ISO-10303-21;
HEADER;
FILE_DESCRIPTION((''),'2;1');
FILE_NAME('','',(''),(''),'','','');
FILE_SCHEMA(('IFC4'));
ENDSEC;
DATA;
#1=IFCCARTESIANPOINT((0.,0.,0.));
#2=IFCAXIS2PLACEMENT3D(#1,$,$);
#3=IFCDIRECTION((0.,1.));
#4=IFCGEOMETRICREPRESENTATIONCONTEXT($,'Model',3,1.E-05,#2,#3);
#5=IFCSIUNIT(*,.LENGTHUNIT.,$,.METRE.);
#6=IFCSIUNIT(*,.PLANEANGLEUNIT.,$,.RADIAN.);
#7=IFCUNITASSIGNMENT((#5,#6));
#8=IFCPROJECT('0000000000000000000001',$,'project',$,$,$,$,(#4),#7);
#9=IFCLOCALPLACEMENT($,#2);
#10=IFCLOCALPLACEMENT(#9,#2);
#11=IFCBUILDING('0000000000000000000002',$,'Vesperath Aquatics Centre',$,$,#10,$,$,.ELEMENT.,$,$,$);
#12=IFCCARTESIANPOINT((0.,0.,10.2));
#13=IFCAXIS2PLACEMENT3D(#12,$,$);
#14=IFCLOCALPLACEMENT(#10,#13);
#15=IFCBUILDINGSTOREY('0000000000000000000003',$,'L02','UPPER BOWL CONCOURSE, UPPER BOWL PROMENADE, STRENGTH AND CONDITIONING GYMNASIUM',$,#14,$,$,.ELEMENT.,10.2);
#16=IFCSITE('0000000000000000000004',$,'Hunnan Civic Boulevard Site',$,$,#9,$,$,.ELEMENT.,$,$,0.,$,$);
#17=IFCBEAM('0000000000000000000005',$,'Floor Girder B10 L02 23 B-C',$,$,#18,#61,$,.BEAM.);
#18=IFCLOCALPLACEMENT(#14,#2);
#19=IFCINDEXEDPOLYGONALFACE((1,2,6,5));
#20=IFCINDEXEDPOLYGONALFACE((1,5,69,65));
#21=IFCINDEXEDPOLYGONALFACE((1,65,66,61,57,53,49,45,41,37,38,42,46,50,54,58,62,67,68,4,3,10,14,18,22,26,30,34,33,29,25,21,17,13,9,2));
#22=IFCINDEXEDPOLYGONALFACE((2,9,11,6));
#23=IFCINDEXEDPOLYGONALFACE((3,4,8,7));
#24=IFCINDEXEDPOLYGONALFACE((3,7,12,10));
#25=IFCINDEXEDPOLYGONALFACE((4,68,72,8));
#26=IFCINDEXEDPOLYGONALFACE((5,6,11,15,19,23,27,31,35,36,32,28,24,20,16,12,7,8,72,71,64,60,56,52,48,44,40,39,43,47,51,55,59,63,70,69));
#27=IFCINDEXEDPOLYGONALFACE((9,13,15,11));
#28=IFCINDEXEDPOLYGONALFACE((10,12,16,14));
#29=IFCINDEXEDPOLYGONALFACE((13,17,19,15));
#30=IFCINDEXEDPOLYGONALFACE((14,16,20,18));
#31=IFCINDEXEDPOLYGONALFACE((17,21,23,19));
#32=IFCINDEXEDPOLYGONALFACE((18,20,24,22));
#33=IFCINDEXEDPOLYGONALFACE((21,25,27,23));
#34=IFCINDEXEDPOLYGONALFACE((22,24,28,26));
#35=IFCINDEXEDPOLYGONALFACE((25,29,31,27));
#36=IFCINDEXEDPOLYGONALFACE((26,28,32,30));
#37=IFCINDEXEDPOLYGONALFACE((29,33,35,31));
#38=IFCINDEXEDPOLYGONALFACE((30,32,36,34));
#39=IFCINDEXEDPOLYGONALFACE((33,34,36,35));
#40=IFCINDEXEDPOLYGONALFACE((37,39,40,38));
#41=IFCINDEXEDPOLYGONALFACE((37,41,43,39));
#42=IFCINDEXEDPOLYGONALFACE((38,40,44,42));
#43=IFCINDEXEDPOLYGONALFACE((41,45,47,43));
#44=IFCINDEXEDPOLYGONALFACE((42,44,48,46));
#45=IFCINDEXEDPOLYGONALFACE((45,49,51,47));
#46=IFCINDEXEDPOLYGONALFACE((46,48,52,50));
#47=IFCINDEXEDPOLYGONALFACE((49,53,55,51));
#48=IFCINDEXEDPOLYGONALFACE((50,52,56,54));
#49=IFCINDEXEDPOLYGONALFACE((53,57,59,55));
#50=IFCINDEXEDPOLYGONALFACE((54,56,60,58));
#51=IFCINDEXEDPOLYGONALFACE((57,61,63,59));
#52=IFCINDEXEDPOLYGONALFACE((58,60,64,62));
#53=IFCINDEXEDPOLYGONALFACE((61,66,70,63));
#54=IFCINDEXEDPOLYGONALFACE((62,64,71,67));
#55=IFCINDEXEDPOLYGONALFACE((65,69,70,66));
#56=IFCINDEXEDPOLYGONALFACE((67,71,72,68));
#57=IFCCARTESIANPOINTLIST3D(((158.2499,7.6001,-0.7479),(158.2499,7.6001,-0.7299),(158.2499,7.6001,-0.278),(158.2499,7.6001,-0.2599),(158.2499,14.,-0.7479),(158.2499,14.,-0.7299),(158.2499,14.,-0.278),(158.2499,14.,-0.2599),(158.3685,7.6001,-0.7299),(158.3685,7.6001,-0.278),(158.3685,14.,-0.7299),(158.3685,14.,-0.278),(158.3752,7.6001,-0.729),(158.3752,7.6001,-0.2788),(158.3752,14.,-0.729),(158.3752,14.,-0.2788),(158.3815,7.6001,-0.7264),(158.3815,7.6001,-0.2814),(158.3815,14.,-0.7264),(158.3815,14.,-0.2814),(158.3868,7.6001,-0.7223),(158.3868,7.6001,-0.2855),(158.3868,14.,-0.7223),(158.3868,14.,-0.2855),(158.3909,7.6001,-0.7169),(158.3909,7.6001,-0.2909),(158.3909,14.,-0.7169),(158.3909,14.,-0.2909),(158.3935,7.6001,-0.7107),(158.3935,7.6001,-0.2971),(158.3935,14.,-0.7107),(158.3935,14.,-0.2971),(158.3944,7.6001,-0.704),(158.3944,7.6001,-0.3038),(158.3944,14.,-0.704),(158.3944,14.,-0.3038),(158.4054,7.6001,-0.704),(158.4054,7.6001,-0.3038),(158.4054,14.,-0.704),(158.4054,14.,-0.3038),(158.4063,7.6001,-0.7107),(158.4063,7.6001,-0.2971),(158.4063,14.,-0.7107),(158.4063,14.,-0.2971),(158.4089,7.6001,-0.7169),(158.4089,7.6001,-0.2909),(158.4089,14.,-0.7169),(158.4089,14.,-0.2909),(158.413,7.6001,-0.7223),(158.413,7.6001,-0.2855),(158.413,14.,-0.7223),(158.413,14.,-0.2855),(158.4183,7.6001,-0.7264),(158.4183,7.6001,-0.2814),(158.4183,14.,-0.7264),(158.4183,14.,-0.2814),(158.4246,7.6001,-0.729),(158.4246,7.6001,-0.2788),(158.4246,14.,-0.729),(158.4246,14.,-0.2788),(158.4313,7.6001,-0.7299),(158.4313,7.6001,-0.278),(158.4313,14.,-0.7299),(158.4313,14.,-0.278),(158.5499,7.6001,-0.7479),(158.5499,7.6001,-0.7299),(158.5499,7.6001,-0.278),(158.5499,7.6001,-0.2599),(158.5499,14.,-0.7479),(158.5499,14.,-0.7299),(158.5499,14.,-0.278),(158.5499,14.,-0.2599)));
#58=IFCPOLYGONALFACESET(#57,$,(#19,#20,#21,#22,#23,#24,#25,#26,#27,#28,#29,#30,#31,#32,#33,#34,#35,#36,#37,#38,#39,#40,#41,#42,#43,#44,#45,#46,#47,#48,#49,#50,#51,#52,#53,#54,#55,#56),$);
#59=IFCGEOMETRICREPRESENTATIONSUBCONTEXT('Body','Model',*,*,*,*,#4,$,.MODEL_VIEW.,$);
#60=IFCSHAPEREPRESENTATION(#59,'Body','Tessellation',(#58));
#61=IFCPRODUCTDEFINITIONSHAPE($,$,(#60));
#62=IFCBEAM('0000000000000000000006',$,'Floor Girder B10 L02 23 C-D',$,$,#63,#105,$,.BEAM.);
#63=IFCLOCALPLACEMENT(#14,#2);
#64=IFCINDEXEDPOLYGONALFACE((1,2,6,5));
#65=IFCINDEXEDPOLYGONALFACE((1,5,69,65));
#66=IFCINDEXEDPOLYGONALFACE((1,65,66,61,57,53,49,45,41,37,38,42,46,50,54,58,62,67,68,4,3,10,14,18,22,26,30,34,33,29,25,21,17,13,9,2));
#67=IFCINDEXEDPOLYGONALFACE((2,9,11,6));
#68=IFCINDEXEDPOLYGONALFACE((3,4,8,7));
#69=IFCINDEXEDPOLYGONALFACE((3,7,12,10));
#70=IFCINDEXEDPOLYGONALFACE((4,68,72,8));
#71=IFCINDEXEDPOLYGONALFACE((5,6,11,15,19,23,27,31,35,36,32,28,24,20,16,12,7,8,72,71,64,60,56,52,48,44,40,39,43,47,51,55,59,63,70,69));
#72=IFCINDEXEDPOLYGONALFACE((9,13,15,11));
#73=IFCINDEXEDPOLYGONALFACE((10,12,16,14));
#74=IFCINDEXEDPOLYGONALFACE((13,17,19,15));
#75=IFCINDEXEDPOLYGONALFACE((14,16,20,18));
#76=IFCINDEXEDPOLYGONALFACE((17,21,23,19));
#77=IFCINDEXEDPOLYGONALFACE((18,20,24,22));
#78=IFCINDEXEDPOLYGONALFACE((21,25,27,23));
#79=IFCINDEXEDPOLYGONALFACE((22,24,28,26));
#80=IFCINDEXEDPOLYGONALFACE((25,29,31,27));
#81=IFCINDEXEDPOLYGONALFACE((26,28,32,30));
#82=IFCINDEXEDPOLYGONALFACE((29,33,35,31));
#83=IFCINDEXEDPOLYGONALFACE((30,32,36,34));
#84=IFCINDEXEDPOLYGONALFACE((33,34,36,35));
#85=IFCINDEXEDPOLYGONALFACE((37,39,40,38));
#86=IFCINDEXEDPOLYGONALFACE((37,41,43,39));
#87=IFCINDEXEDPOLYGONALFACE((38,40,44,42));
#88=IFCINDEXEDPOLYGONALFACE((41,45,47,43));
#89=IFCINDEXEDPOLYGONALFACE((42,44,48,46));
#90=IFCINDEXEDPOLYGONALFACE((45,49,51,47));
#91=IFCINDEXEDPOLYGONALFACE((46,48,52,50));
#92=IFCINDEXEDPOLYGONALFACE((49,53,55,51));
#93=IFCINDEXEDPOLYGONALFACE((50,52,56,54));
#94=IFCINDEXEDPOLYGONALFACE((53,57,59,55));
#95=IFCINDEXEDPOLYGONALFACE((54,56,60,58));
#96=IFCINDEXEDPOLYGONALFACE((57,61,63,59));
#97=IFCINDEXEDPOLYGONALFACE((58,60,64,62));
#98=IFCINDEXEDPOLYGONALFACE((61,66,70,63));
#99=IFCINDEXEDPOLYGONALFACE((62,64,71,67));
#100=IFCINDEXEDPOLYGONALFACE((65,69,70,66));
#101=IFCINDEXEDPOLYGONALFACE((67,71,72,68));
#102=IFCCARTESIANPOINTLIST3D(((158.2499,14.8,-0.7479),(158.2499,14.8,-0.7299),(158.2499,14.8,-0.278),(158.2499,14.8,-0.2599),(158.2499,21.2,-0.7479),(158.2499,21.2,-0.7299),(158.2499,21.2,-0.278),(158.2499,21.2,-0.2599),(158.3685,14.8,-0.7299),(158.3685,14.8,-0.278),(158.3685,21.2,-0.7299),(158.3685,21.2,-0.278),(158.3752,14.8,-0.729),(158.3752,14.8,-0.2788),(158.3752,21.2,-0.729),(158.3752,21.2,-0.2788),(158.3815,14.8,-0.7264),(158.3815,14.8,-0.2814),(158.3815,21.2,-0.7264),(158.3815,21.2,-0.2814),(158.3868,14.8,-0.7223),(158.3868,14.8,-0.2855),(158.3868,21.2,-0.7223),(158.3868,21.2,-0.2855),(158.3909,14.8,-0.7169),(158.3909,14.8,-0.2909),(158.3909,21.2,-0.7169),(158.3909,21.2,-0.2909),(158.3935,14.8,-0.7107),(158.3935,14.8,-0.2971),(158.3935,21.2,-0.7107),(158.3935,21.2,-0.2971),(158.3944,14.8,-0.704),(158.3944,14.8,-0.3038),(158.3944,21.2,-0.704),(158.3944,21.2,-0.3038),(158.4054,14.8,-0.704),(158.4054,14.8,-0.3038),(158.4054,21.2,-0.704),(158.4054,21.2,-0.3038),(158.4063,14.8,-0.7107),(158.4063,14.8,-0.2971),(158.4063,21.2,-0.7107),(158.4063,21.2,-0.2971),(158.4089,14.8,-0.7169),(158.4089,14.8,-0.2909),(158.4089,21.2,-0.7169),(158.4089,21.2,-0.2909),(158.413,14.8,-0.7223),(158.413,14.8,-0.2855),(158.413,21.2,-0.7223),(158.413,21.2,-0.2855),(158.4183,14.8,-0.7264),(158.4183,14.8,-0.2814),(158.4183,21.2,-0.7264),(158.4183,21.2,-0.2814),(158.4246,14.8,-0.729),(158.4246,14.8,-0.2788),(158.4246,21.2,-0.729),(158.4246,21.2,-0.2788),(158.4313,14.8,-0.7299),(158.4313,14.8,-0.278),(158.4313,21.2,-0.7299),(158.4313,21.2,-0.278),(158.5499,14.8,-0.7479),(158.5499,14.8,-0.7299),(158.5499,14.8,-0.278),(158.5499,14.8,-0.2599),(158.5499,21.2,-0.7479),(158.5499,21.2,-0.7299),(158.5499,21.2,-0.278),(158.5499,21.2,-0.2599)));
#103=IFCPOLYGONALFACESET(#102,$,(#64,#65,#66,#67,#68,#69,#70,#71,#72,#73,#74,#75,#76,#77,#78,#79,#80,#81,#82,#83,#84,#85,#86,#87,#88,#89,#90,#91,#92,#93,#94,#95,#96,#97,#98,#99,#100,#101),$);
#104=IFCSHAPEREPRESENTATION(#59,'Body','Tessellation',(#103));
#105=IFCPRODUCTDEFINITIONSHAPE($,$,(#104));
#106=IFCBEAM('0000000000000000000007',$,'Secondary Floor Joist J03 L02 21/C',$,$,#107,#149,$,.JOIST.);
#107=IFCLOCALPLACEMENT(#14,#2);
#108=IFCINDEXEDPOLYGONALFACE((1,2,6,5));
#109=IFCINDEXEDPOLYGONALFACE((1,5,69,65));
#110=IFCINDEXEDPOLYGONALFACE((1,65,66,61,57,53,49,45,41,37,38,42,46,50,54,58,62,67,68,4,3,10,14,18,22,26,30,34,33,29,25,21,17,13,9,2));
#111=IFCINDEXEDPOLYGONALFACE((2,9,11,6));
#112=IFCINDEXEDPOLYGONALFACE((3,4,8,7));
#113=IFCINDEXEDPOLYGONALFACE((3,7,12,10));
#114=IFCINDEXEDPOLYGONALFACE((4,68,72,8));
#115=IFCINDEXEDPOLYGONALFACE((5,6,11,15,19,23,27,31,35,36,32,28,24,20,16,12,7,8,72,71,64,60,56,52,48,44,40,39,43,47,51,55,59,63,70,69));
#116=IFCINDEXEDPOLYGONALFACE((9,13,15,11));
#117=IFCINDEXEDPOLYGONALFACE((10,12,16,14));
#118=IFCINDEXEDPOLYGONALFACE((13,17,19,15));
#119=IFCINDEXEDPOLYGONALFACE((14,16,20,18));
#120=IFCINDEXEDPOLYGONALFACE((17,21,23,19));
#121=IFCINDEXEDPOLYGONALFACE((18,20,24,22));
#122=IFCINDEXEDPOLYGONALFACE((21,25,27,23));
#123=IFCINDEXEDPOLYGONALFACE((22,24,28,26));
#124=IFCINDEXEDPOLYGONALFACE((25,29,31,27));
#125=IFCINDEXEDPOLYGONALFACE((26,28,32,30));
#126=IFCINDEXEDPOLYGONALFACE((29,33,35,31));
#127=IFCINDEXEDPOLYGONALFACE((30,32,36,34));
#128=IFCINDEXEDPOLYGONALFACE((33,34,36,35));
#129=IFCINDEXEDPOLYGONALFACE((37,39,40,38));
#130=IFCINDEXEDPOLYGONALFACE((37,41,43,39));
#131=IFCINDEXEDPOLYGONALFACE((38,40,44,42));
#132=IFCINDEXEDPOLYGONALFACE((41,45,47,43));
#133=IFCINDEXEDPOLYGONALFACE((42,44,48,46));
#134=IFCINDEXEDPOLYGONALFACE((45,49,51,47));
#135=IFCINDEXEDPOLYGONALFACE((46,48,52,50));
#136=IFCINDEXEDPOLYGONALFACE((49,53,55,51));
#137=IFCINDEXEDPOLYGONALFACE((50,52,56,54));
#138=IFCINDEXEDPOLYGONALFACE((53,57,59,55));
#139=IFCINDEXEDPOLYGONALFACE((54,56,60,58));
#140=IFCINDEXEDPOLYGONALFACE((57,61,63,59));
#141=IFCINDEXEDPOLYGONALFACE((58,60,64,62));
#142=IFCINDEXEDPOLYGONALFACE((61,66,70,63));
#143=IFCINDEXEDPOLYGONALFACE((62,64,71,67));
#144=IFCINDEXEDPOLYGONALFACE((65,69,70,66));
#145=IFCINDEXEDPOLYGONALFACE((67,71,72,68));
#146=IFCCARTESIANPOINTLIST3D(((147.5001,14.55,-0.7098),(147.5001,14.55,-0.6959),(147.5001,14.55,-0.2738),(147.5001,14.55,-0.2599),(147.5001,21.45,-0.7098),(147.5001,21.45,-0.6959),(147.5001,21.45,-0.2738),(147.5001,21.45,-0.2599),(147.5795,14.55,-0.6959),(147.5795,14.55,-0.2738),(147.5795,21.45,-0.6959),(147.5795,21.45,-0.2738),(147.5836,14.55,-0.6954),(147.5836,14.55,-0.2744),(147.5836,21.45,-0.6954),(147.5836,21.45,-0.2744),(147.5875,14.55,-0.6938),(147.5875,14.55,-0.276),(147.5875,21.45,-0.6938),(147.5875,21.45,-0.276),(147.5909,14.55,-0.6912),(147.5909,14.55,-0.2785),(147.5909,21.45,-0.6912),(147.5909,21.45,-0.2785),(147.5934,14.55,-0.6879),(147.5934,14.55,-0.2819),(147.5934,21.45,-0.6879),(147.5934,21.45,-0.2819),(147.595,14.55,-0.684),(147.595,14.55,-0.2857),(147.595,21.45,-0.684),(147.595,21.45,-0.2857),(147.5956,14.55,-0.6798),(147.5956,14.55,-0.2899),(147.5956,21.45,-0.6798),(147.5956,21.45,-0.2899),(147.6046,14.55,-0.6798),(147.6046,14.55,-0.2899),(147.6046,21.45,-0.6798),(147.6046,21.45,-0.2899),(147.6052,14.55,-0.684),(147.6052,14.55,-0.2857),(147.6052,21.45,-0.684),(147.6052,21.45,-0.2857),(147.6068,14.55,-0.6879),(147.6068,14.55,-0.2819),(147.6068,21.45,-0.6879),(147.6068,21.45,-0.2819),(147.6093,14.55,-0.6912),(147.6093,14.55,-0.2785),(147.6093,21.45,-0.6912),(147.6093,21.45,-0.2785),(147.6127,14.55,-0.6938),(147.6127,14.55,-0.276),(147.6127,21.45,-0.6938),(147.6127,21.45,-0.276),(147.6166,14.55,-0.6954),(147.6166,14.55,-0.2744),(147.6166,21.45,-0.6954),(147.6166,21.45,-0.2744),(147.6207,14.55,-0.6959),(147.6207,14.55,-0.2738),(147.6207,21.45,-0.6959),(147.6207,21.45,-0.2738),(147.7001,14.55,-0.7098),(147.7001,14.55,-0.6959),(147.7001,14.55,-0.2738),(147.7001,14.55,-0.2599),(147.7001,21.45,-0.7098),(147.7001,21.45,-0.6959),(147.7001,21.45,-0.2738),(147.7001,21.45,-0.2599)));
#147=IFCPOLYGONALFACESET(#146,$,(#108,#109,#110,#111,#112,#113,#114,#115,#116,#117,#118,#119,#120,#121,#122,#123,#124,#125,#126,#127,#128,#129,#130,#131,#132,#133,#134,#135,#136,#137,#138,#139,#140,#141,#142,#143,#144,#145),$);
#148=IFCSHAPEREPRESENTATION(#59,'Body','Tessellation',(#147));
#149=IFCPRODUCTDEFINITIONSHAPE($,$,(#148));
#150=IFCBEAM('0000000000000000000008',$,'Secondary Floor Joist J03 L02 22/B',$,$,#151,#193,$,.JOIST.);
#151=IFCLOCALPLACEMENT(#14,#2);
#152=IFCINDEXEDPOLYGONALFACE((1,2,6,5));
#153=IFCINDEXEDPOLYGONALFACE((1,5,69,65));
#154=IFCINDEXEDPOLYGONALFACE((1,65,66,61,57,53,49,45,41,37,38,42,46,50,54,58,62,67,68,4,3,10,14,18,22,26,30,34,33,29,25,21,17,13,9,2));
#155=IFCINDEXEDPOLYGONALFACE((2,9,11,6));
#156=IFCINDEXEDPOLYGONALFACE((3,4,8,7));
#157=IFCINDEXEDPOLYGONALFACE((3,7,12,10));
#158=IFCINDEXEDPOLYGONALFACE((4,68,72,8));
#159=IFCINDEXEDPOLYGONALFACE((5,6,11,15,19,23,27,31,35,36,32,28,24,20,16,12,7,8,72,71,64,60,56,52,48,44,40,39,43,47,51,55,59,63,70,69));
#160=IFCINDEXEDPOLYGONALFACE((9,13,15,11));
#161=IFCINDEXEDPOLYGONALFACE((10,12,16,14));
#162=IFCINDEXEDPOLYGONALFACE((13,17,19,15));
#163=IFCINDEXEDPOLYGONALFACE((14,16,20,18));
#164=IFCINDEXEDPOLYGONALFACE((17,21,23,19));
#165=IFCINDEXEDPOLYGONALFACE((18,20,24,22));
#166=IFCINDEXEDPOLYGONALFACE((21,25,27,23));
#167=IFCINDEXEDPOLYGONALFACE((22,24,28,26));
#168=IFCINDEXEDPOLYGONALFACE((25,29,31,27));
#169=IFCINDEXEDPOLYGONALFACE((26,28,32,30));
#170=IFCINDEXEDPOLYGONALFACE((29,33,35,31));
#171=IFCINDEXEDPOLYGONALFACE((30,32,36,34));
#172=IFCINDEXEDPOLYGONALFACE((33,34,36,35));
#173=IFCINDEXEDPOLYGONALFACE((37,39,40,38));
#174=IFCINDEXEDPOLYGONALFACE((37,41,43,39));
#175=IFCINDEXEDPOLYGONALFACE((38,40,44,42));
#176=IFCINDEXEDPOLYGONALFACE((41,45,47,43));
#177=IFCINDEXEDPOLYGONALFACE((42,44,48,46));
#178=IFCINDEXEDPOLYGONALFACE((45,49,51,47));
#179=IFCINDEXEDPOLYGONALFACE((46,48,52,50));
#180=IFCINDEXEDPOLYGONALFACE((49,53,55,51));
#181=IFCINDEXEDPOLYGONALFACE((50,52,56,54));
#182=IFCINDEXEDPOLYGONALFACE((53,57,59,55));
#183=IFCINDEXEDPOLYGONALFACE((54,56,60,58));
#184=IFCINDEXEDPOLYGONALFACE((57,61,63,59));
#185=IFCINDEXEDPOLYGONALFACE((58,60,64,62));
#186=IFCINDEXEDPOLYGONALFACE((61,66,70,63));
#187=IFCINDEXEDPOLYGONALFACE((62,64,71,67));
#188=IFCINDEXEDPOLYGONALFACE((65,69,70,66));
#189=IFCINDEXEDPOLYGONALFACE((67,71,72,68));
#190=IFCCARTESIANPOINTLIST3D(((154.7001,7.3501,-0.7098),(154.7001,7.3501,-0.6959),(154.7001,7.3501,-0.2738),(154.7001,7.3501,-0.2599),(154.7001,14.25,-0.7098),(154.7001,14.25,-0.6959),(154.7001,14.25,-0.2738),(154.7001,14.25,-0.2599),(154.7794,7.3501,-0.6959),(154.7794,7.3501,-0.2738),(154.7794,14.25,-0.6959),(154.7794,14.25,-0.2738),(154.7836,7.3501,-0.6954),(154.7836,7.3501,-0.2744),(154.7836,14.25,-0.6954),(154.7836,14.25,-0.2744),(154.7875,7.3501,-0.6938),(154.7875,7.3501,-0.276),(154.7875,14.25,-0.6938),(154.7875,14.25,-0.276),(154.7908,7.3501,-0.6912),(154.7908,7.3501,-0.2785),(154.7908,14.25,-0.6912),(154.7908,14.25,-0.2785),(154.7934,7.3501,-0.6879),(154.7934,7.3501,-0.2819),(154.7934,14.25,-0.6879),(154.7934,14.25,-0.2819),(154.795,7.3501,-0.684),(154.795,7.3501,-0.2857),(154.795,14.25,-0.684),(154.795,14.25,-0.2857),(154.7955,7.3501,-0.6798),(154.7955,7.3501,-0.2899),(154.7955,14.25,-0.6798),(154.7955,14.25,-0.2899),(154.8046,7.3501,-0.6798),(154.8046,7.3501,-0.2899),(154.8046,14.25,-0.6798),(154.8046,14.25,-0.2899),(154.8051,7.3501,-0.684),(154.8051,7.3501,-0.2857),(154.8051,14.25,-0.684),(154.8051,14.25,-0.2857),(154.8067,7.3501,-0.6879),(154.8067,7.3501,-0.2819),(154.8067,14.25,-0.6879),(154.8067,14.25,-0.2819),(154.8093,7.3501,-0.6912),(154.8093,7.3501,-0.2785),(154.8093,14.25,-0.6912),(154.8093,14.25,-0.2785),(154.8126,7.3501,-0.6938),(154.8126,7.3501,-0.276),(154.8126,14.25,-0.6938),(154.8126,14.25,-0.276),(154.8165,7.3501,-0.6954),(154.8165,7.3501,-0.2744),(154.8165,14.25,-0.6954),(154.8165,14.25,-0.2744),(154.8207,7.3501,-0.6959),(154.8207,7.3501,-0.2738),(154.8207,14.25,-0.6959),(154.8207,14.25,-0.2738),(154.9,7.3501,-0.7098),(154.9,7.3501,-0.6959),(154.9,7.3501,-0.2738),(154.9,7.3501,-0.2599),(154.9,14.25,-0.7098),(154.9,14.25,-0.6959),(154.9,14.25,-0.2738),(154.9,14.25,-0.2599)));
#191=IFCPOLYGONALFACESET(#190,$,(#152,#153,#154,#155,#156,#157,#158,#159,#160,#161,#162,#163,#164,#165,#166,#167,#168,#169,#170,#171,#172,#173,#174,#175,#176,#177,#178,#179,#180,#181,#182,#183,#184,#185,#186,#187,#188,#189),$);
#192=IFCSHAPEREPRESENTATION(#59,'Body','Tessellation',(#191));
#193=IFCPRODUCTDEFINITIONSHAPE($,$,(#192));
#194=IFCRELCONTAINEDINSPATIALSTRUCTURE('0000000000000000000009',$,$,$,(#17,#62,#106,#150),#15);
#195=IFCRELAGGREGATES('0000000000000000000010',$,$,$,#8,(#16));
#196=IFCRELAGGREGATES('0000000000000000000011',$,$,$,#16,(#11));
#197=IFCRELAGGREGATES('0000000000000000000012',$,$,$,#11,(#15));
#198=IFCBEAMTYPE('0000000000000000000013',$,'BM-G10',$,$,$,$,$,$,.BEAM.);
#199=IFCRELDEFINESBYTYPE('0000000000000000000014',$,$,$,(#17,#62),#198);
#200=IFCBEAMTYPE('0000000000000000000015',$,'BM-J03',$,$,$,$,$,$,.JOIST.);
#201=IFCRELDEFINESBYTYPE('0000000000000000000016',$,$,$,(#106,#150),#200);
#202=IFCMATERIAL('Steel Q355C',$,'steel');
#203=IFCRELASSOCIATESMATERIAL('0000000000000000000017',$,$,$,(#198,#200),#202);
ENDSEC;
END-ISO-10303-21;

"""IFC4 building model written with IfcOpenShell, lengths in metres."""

from ifc_helpers import new_model, si_unit, direction, frame, origin, origin_2d, place, context, subcontext, project, spatial, i_section, extrude, material, material_profile, profile_set, type_object, element, save


model = new_model("IFC4")

# Units and contexts
model_context = context("Model", 3, precision=1e-05, world=origin(), true_north=direction((0.0, 1.0)))
body_context = subcontext(model_context, "Body", "Model", "MODEL_VIEW")
ifc_project = project(units=[si_unit("LENGTHUNIT", "METRE"), si_unit("PLANEANGLEUNIT", "RADIAN")], contexts=[model_context])

# Site, building, storey
site_placement = place(None, origin())
site = spatial("IfcSite", under=ifc_project, at=site_placement, Name="Hunnan Civic Boulevard Site", CompositionType="ELEMENT", RefElevation=0.0)
building_placement = place(site_placement, origin())
building = spatial("IfcBuilding", under=site, at=building_placement, Name="Vesperath Aquatics Centre", CompositionType="ELEMENT")
storey_placement = place(building_placement, frame((0.0, 0.0, 10.2)))
storey = spatial("IfcBuildingStorey", under=building, at=storey_placement, Name="L02", Description="UPPER BOWL CONCOURSE, UPPER BOWL PROMENADE, STRENGTH AND CONDITIONING GYMNASIUM", CompositionType="ELEMENT", Elevation=10.2)

# Beams
ifc_material_1 = material(Name="Steel Q355C", Category="steel")
ifc_material_profile_1 = material_profile(ifc_material_1, i_section(OverallWidth=0.3, OverallDepth=0.488, WebThickness=0.011, FlangeThickness=0.0181, FilletRadius=0.0259, at=origin_2d()), Name="HM 488x300x11x18")
ifc_profile_set_1 = profile_set([ifc_material_profile_1], Name="Steel Q355C")
beam_type_1 = type_object("IfcBeamType", Name="BM-G10", PredefinedType="BEAM", material=ifc_profile_set_1)
for number, where, z_axis, x_axis, name in (
    (1, (158.3999, 7.6001, -0.5039), (0.0, 1.0, 0.0), (-1.0, 0.0, 0.0), "Floor Girder B10 L02 23 B-C"),
    (2, (158.3999, 14.8, -0.5039), (0.0, 1.0, 0.0), (-1.0, 0.0, 0.0), "Floor Girder B10 L02 23 C-D"),
):
    element("IfcBeam", number, at=place(storey_placement, frame(where, z_axis=z_axis, x_axis=x_axis)), inside=storey, type_object=beam_type_1, Name=name, PredefinedType="BEAM", context=body_context, shape_type="SweptSolid", body=[
        extrude(i_section(OverallWidth=0.3, OverallDepth=0.488, WebThickness=0.011, FlangeThickness=0.0181, FilletRadius=0.0259, at=origin_2d()), origin(), (0.0, 0.0, 1.0), 6.3999),
    ])
ifc_material_profile_2 = material_profile(ifc_material_1, i_section(OverallWidth=0.2, OverallDepth=0.45, WebThickness=0.009, FlangeThickness=0.0139, FilletRadius=0.0161, at=origin_2d()), Name="HN 450x200x9x14")
ifc_profile_set_2 = profile_set([ifc_material_profile_2], Name="Steel Q355C")
beam_type_2 = type_object("IfcBeamType", Name="BM-J03", PredefinedType="JOIST", material=ifc_profile_set_2)
for number, where, z_axis, x_axis, name in (
    (3, (147.6001, 14.55, -0.4849), (0.0, 1.0, 0.0), (-1.0, 0.0, 0.0), "Secondary Floor Joist J03 L02 21/C"),
    (4, (154.8, 7.3501, -0.4849), (0.0, 1.0, 0.0), (-1.0, 0.0, 0.0), "Secondary Floor Joist J03 L02 22/B"),
):
    element("IfcBeam", number, at=place(storey_placement, frame(where, z_axis=z_axis, x_axis=x_axis)), inside=storey, type_object=beam_type_2, Name=name, PredefinedType="JOIST", context=body_context, shape_type="SweptSolid", body=[
        extrude(i_section(OverallWidth=0.2, OverallDepth=0.45, WebThickness=0.009, FlangeThickness=0.0139, FilletRadius=0.0161, at=origin_2d()), origin(), (0.0, 0.0, 1.0), 6.8999),
    ])

save(model, "model.ifc")
